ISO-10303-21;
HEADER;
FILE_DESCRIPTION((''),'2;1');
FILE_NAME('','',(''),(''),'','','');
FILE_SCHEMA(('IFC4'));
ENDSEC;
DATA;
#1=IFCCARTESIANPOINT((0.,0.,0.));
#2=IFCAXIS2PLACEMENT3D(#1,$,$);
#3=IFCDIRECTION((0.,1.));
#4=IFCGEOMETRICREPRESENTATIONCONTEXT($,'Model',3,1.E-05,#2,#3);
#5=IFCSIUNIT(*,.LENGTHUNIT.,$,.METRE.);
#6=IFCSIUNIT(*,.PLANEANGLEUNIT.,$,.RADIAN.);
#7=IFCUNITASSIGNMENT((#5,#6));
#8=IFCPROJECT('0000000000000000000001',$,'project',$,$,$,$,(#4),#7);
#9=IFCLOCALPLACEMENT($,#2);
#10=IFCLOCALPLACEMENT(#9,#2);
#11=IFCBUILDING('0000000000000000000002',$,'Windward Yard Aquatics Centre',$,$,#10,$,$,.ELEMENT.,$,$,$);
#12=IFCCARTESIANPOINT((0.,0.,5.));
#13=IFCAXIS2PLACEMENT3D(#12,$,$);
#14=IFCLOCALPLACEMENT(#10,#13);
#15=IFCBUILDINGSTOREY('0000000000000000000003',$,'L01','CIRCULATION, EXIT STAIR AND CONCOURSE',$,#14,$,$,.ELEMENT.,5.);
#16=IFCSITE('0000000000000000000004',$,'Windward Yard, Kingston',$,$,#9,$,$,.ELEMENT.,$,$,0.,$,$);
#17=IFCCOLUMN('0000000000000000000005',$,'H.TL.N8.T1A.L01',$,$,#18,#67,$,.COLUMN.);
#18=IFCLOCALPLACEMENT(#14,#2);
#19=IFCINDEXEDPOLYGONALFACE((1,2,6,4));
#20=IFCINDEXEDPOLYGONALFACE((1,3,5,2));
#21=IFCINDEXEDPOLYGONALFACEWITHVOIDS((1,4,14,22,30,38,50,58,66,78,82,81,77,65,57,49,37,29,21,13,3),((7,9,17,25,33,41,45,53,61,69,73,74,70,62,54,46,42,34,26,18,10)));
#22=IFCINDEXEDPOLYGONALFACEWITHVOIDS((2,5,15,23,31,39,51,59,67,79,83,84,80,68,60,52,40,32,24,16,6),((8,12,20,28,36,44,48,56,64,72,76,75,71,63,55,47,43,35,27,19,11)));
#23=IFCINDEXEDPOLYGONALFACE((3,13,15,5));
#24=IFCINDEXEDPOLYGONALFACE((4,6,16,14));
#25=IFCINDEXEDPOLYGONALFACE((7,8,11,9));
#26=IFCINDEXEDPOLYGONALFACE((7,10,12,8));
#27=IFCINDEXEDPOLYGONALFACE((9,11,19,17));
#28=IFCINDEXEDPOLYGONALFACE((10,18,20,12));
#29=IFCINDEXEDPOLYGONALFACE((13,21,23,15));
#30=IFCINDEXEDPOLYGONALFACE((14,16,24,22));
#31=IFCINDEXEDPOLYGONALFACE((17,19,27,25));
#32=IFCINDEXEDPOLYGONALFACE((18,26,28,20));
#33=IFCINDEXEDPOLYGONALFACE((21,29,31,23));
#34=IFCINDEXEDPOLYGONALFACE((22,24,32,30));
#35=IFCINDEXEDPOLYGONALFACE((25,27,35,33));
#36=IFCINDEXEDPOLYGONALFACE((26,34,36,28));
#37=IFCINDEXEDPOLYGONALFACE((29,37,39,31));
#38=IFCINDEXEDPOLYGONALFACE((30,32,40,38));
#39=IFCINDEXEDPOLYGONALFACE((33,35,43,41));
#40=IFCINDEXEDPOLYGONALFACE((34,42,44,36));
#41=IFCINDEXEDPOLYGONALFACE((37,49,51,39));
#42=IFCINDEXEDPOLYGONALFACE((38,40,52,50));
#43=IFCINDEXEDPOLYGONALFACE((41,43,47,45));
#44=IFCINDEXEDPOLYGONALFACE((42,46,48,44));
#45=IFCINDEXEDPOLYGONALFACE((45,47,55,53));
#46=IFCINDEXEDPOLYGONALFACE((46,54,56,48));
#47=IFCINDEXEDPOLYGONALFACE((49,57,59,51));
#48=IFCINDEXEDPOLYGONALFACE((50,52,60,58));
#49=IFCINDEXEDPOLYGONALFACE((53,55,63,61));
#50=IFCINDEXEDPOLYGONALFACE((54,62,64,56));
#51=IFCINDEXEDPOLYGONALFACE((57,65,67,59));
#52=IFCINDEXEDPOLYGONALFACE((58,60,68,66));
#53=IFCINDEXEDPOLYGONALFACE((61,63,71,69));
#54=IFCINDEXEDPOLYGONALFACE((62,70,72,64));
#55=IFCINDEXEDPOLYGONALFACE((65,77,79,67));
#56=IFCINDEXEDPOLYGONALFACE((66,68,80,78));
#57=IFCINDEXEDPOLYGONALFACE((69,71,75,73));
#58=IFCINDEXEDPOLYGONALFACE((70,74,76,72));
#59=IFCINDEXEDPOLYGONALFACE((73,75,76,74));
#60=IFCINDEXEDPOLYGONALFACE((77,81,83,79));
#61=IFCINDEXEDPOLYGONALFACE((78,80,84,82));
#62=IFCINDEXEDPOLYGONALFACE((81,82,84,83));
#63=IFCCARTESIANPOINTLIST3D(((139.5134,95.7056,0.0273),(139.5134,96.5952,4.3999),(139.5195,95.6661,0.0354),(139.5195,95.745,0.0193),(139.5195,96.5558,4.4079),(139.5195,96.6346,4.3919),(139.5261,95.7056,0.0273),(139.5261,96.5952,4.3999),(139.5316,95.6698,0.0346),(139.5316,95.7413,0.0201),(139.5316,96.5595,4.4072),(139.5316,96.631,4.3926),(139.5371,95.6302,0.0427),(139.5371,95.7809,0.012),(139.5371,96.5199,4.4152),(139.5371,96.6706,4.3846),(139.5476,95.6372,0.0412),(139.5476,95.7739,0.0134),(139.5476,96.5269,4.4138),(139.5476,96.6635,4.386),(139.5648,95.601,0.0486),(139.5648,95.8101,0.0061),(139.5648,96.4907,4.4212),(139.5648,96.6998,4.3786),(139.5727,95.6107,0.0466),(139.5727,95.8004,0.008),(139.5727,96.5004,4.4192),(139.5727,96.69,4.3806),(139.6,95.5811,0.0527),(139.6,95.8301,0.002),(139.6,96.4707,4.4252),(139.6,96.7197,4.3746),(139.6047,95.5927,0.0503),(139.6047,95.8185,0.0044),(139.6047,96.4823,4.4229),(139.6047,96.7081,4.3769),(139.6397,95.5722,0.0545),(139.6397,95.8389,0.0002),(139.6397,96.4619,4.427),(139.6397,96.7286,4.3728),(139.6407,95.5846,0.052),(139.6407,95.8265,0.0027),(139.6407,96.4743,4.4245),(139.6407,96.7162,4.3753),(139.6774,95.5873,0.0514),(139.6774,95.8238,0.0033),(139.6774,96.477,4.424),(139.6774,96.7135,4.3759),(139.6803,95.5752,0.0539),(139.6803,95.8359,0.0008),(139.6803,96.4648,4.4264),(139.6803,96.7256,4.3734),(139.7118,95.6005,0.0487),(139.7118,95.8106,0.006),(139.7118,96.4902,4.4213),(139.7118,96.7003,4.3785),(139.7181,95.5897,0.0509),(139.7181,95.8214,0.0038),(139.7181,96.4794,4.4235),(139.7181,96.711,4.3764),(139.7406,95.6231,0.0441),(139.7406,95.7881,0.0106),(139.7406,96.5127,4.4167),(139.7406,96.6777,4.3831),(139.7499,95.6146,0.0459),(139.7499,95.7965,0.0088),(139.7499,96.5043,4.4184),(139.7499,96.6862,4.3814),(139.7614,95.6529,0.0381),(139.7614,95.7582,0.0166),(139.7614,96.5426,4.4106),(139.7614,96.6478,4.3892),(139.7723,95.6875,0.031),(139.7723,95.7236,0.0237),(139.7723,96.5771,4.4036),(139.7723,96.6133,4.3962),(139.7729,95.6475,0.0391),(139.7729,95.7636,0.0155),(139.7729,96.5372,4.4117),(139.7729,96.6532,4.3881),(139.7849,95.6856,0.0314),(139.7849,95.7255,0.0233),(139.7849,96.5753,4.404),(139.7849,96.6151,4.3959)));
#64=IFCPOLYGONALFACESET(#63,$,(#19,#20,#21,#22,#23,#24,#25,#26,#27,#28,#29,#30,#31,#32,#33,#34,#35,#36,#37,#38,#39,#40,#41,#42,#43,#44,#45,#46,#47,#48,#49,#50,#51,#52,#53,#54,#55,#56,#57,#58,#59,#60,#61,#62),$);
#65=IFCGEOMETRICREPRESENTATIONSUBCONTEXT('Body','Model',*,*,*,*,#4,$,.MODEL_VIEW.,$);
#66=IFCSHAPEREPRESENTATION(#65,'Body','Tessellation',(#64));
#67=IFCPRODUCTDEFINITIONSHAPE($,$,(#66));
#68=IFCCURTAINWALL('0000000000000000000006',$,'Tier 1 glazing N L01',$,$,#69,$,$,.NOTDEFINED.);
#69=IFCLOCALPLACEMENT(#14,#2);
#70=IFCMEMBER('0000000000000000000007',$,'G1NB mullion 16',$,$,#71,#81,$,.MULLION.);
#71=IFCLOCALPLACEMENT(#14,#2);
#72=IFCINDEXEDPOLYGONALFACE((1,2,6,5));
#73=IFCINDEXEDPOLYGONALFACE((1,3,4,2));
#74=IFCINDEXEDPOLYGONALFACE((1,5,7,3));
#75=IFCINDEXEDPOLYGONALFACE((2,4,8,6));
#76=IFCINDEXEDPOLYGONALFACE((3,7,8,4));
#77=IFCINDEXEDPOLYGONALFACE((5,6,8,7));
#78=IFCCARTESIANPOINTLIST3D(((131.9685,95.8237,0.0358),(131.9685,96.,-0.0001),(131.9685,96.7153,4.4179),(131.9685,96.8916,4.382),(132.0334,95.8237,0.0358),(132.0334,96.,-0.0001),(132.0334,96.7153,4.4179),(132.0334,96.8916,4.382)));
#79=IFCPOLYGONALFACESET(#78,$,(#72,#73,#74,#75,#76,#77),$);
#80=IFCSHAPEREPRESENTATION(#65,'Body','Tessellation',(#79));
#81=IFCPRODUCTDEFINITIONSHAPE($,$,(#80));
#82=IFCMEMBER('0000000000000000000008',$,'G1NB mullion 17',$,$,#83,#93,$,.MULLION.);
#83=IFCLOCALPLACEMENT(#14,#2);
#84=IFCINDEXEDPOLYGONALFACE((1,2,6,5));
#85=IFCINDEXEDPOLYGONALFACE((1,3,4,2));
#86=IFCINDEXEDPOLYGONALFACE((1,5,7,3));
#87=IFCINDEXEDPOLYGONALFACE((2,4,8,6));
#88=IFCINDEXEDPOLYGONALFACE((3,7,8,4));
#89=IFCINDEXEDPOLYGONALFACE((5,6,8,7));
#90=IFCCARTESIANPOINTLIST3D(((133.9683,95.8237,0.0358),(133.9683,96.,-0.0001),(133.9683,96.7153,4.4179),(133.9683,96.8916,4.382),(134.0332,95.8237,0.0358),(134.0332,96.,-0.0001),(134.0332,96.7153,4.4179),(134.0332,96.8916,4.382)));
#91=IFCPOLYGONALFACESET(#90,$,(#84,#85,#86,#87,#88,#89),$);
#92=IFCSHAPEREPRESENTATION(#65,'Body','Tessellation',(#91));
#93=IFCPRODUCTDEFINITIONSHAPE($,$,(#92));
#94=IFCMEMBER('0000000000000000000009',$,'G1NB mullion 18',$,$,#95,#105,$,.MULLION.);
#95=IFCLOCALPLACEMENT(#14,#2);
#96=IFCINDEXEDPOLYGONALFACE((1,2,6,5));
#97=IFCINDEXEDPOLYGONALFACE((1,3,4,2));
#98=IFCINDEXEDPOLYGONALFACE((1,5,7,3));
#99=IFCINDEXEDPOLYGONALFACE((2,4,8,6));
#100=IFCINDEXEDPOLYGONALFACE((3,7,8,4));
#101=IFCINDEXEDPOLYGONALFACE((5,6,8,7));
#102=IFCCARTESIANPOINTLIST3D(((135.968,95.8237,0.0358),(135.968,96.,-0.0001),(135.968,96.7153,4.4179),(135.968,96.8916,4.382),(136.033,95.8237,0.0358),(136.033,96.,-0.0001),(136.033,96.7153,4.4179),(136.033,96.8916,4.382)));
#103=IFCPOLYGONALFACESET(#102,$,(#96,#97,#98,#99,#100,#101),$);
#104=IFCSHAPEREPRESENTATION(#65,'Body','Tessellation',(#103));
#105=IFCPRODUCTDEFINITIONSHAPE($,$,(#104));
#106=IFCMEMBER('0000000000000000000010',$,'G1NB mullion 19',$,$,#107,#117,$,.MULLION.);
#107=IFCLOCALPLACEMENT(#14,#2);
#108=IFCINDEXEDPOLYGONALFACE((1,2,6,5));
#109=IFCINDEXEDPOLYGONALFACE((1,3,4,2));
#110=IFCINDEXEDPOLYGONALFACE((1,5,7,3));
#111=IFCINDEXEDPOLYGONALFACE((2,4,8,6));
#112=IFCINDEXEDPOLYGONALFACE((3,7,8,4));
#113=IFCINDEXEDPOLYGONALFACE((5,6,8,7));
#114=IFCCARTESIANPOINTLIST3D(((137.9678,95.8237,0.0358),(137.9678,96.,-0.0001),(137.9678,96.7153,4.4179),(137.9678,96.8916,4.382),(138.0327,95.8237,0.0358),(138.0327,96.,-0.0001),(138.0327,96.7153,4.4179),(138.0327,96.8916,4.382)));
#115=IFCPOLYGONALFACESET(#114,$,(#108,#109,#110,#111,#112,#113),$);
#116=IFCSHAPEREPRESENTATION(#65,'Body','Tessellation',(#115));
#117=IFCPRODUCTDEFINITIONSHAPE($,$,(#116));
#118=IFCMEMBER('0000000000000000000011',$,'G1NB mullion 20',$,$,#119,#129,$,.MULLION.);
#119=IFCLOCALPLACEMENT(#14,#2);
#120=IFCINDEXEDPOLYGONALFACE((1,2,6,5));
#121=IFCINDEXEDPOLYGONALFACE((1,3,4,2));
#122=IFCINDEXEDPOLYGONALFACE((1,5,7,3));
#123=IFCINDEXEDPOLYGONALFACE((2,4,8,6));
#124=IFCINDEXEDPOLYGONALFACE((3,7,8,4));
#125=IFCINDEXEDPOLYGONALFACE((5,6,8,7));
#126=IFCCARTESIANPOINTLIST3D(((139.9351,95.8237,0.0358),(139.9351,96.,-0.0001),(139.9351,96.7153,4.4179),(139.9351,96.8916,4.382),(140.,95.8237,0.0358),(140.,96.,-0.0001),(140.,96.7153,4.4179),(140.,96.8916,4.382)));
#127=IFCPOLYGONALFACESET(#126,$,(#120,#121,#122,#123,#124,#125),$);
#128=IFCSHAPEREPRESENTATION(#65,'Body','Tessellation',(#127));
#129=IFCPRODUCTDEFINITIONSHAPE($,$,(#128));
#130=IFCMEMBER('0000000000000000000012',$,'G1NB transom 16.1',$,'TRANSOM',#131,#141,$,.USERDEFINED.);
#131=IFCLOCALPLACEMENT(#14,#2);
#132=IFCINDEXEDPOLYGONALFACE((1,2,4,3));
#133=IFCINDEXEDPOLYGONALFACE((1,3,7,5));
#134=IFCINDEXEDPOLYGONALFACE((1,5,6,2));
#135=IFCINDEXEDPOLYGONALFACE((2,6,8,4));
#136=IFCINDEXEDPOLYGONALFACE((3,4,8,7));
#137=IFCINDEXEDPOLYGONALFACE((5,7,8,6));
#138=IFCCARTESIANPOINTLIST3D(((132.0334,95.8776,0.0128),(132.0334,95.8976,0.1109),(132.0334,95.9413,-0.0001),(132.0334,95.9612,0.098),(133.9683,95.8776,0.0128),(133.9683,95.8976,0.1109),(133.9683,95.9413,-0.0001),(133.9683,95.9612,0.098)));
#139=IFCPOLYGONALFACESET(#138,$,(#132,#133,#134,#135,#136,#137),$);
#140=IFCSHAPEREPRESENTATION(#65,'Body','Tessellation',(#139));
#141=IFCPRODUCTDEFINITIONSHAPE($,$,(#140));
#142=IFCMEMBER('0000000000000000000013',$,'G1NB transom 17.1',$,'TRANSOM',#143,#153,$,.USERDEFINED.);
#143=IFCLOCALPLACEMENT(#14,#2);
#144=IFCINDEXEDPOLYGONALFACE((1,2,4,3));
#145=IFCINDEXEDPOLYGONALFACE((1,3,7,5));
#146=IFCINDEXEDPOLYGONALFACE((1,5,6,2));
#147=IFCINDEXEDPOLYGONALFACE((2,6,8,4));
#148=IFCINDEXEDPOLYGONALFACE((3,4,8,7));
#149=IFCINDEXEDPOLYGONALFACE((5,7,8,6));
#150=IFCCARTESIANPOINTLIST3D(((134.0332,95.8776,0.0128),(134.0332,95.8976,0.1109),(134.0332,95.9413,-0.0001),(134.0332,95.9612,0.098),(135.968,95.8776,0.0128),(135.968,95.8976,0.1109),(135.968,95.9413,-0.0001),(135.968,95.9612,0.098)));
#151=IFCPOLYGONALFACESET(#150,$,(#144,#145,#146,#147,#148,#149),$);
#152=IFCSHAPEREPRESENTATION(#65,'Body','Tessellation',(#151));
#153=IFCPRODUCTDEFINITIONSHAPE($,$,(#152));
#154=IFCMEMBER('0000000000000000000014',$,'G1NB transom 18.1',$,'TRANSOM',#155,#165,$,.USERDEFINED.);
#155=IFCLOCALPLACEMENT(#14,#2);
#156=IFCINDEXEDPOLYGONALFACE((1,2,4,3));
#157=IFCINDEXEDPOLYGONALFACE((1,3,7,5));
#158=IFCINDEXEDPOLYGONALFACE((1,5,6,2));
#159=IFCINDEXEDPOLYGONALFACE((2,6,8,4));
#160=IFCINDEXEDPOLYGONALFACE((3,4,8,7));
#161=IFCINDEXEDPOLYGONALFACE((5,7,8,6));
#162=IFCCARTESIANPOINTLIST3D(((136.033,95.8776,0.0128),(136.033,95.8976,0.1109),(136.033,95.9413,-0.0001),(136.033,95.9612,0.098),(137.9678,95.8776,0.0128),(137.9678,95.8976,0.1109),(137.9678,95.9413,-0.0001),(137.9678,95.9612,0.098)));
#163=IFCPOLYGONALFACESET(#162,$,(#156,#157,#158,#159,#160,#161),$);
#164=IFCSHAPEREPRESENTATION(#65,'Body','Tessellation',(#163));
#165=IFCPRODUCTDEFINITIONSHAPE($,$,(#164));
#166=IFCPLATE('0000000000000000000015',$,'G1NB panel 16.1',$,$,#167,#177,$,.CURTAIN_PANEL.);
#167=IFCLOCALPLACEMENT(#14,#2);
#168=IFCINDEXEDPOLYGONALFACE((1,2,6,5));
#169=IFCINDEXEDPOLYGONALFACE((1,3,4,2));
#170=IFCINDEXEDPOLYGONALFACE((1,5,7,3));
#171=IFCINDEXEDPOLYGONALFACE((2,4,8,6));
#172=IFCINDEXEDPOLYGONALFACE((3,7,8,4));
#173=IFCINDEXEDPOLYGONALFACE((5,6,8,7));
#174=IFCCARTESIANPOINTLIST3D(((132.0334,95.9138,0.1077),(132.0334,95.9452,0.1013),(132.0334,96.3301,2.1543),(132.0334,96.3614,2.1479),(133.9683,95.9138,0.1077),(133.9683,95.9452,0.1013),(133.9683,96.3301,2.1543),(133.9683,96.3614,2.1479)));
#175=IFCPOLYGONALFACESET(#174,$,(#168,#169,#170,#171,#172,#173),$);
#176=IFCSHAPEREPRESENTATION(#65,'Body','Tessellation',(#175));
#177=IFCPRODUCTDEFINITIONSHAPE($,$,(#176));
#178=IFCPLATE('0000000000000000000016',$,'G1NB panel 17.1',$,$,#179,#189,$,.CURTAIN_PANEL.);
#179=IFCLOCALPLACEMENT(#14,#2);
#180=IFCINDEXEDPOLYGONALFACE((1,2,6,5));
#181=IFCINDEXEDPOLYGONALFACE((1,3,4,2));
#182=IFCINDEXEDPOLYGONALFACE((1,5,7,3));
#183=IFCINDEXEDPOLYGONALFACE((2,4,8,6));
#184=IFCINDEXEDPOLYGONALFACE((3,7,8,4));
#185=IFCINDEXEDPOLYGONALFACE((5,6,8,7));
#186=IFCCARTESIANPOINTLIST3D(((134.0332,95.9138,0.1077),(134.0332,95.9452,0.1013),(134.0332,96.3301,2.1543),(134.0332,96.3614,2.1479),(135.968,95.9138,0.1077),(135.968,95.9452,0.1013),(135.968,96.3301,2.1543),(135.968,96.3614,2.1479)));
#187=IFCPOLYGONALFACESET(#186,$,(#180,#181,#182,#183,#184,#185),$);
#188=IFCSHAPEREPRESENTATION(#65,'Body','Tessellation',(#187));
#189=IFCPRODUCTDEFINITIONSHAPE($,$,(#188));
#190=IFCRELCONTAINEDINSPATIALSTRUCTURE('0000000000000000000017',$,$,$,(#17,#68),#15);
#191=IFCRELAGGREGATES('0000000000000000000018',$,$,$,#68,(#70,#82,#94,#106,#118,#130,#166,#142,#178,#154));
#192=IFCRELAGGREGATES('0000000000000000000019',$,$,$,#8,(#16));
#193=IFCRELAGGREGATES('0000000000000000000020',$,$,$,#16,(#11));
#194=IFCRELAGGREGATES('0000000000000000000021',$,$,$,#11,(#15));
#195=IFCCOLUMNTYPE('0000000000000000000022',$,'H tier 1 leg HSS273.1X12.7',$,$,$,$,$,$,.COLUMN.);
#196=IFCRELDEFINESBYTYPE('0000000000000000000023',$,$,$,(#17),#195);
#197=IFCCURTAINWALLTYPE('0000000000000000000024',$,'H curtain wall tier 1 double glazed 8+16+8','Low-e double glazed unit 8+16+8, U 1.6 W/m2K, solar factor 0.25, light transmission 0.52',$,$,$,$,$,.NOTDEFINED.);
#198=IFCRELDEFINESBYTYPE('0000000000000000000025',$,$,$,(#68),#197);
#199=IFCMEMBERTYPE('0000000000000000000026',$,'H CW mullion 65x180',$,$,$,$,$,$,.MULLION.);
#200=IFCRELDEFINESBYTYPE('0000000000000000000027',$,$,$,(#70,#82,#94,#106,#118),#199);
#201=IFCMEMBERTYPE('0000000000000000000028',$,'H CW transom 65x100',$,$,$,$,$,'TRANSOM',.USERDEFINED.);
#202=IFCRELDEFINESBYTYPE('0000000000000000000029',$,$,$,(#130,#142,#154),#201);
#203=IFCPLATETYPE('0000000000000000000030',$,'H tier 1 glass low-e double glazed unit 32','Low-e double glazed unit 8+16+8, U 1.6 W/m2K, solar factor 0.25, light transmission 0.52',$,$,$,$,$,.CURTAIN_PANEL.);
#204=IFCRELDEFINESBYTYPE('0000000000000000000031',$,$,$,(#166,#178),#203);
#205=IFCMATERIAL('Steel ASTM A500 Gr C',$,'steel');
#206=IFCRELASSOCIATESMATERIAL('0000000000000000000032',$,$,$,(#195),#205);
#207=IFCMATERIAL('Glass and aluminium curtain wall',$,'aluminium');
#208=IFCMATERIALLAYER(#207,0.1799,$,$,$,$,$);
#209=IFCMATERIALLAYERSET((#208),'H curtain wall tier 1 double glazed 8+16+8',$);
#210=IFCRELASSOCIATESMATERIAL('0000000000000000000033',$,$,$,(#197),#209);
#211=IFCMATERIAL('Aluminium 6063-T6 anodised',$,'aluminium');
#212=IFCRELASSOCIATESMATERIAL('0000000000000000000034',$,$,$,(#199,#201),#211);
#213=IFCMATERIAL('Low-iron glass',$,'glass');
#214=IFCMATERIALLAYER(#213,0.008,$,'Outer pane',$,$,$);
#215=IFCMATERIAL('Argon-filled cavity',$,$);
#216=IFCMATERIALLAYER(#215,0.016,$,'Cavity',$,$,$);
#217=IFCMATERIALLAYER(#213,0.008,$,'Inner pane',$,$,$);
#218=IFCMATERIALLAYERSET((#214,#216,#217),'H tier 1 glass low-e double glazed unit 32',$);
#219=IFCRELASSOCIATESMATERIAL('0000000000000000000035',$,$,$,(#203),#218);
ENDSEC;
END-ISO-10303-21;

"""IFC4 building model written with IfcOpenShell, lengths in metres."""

from ifc_helpers import new_model, si_unit, direction, frame, origin, origin_2d, place, context, subcontext, project, spatial, polyline, rectangle, hollow_circle, outline, extrude, material, layer, layer_set, material_profile, profile_set, type_object, element, aggregate, save


model = new_model("IFC4")

# Units and contexts
model_context = context("Model", 3, precision=1e-05, world=origin(), true_north=direction((0.0, 1.0)))
body_context = subcontext(model_context, "Body", "Model", "MODEL_VIEW")
ifc_project = project(units=[si_unit("LENGTHUNIT", "METRE"), si_unit("PLANEANGLEUNIT", "RADIAN")], contexts=[model_context])

# Site, building, storey
site_placement = place(None, origin())
site = spatial("IfcSite", under=ifc_project, at=site_placement, Name="Windward Yard, Kingston", CompositionType="ELEMENT", RefElevation=0.0)
building_placement = place(site_placement, origin())
building = spatial("IfcBuilding", under=site, at=building_placement, Name="Windward Yard Aquatics Centre", CompositionType="ELEMENT")
storey_placement = place(building_placement, frame((0.0, 0.0, 5.0)))
storey = spatial("IfcBuildingStorey", under=building, at=storey_placement, Name="L01", Description="CIRCULATION, EXIT STAIR AND CONCOURSE", CompositionType="ELEMENT", Elevation=5.0)

# Column
ifc_material_1 = material(Name="Steel ASTM A500 Gr C", Category="steel")
ifc_material_profile_1 = material_profile(ifc_material_1, hollow_circle(Radius=0.1365, WallThickness=0.0127, at=origin_2d()), Name="HSS273.1X12.7")
ifc_profile_set_1 = profile_set([ifc_material_profile_1], Name="Steel ASTM A500 Gr C")
column_type_1 = type_object("IfcColumnType", Name="H tier 1 leg HSS273.1X12.7", PredefinedType="COLUMN", material=ifc_profile_set_1)
for number, where, z_axis, x_axis, name in (
    (1, (139.6499, 95.7056, 0.0273), (0.0, 0.199377, 0.979923), (-1.0, 0.0, 0.0), "H.TL.N8.T1A.L01"),
):
    element("IfcColumn", number, at=place(storey_placement, frame(where, z_axis=z_axis, x_axis=x_axis)), inside=storey, type_object=column_type_1, Name=name, PredefinedType="COLUMN", context=body_context, shape_type="SweptSolid", body=[
        extrude(hollow_circle(Radius=0.1365, WallThickness=0.0127, at=origin_2d()), origin(), (0.0, 0.0, 1.0), 4.4622),
    ])

# Curtain wall, members, plates
ifc_material_2 = material(Name="Glass and aluminium curtain wall", Category="aluminium")
ifc_layer_1 = layer(ifc_material_2, 0.1799)
ifc_layer_set_1 = layer_set([ifc_layer_1], Name="H curtain wall tier 1 double glazed 8+16+8")
curtain_wall_type = type_object("IfcCurtainWallType", Name="H curtain wall tier 1 double glazed 8+16+8", Description="Low-e double glazed unit 8+16+8, U 1.6 W/m2K, solar factor 0.25, light transmission 0.52", PredefinedType="NOTDEFINED", material=ifc_layer_set_1)
curtain_wall_placement = place(storey_placement, origin())
curtain_wall = element("IfcCurtainWall", 2, at=curtain_wall_placement, inside=storey, type_object=curtain_wall_type, Name="Tier 1 glazing N L01", PredefinedType="NOTDEFINED")
ifc_material_3 = material(Name="Aluminium 6063-T6 anodised", Category="aluminium")
ifc_material_profile_2 = material_profile(ifc_material_3, rectangle(XDim=0.0649, YDim=0.1799, at=origin_2d()), Name="H CW mullion 65x180")
ifc_profile_set_2 = profile_set([ifc_material_profile_2], Name="Aluminium 6063-T6 anodised")
member_type_1 = type_object("IfcMemberType", Name="H CW mullion 65x180", PredefinedType="MULLION", material=ifc_profile_set_2)
member_1_placement = place(storey_placement, frame((132.001, 95.9119, 0.0178), z_axis=(0.0, 0.19938, 0.979922), x_axis=(-1.0, 0.0, 0.0)))
member_1 = element("IfcMember", 3, at=member_1_placement, type_object=member_type_1, Name="G1NB mullion 16", PredefinedType="MULLION", context=body_context, shape_type="SweptSolid", body=[
    extrude(rectangle(XDim=0.0649, YDim=0.1799, at=origin_2d()), origin(), (0.0, 0.0, 1.0), 4.4719),
])
member_2_placement = place(storey_placement, frame((134.0007, 95.9119, 0.0178), z_axis=(0.0, 0.19938, 0.979922), x_axis=(-1.0, 0.0, 0.0)))
member_2 = element("IfcMember", 4, at=member_2_placement, type_object=member_type_1, Name="G1NB mullion 17", PredefinedType="MULLION", context=body_context, shape_type="SweptSolid", body=[
    extrude(rectangle(XDim=0.0649, YDim=0.1799, at=origin_2d()), origin(), (0.0, 0.0, 1.0), 4.4719),
])
member_3_placement = place(storey_placement, frame((136.0005, 95.9119, 0.0178), z_axis=(0.0, 0.19938, 0.979922), x_axis=(-1.0, 0.0, 0.0)))
member_3 = element("IfcMember", 5, at=member_3_placement, type_object=member_type_1, Name="G1NB mullion 18", PredefinedType="MULLION", context=body_context, shape_type="SweptSolid", body=[
    extrude(rectangle(XDim=0.0649, YDim=0.1799, at=origin_2d()), origin(), (0.0, 0.0, 1.0), 4.4719),
])
member_4_placement = place(storey_placement, frame((138.0002, 95.9119, 0.0178), z_axis=(0.0, 0.19938, 0.979922), x_axis=(-1.0, 0.0, 0.0)))
member_4 = element("IfcMember", 6, at=member_4_placement, type_object=member_type_1, Name="G1NB mullion 19", PredefinedType="MULLION", context=body_context, shape_type="SweptSolid", body=[
    extrude(rectangle(XDim=0.0649, YDim=0.1799, at=origin_2d()), origin(), (0.0, 0.0, 1.0), 4.4719),
])
member_5_placement = place(storey_placement, frame((139.9675, 95.9119, 0.0178), z_axis=(0.0, 0.19938, 0.979922), x_axis=(-1.0, 0.0, 0.0)))
member_5 = element("IfcMember", 7, at=member_5_placement, type_object=member_type_1, Name="G1NB mullion 20", PredefinedType="MULLION", context=body_context, shape_type="SweptSolid", body=[
    extrude(rectangle(XDim=0.0649, YDim=0.1799, at=origin_2d()), origin(), (0.0, 0.0, 1.0), 4.4719),
])
ifc_material_profile_3 = material_profile(ifc_material_3, rectangle(XDim=0.0649, YDim=0.1001, at=origin_2d()), Name="H CW transom 65x100")
ifc_profile_set_3 = profile_set([ifc_material_profile_3], Name="Aluminium 6063-T6 anodised")
member_type_2 = type_object("IfcMemberType", Name="H CW transom 65x100", ElementType="TRANSOM", PredefinedType="USERDEFINED", material=ifc_profile_set_3)
member_6_placement = place(storey_placement, frame((132.0334, 95.9194, 0.0554), z_axis=(1.0, 0.0, 0.0), x_axis=(0.0, -0.979925, 0.199368)))
member_6 = element("IfcMember", 8, at=member_6_placement, type_object=member_type_2, Name="G1NB transom 16.1", ObjectType="TRANSOM", PredefinedType="USERDEFINED", context=body_context, shape_type="SweptSolid", body=[
    extrude(rectangle(XDim=0.0649, YDim=0.1001, at=origin_2d()), origin(), (0.0, 0.0, 1.0), 1.9348),
])
member_7_placement = place(storey_placement, frame((134.0332, 95.9194, 0.0554), z_axis=(1.0, 0.0, 0.0), x_axis=(0.0, -0.979925, 0.199368)))
member_7 = element("IfcMember", 9, at=member_7_placement, type_object=member_type_2, Name="G1NB transom 17.1", ObjectType="TRANSOM", PredefinedType="USERDEFINED", context=body_context, shape_type="SweptSolid", body=[
    extrude(rectangle(XDim=0.0649, YDim=0.1001, at=origin_2d()), origin(), (0.0, 0.0, 1.0), 1.9348),
])
member_8_placement = place(storey_placement, frame((136.033, 95.9194, 0.0554), z_axis=(1.0, 0.0, 0.0), x_axis=(0.0, -0.979925, 0.199368)))
member_8 = element("IfcMember", 10, at=member_8_placement, type_object=member_type_2, Name="G1NB transom 18.1", ObjectType="TRANSOM", PredefinedType="USERDEFINED", context=body_context, shape_type="SweptSolid", body=[
    extrude(rectangle(XDim=0.0649, YDim=0.1001, at=origin_2d()), origin(), (0.0, 0.0, 1.0), 1.9348),
])
ifc_material_4 = material(Name="Low-iron glass", Category="glass")
ifc_layer_2 = layer(ifc_material_4, 0.008, Name="Outer pane")
ifc_material_5 = material(Name="Argon-filled cavity")
ifc_layer_3 = layer(ifc_material_5, 0.016, Name="Cavity")
ifc_layer_4 = layer(ifc_material_4, 0.008, Name="Inner pane")
ifc_layer_set_2 = layer_set([ifc_layer_2, ifc_layer_3, ifc_layer_4], Name="H tier 1 glass low-e double glazed unit 32")
plate_type = type_object("IfcPlateType", Name="H tier 1 glass low-e double glazed unit 32", Description="Low-e double glazed unit 8+16+8, U 1.6 W/m2K, solar factor 0.25, light transmission 0.52", PredefinedType="CURTAIN_PANEL", material=ifc_layer_set_2)
plate_1_placement = place(storey_placement, frame((132.0334, 95.9138, 0.1077), z_axis=(0.0, -0.979937, 0.199307), x_axis=(1.0, 0.0, 0.0)))
plate_1 = element("IfcPlate", 11, at=plate_1_placement, type_object=plate_type, Name="G1NB panel 16.1", PredefinedType="CURTAIN_PANEL", context=body_context, shape_type="SweptSolid", body=[
    extrude(outline(polyline([(0.0, 0.0), (1.9348, 0.0), (1.9348, 2.0885), (0.0, 2.0885), (0.0, 0.0)])), origin(), (0.0, 0.0, -1.0), 0.032),
])
plate_2_placement = place(storey_placement, frame((134.0332, 95.9138, 0.1077), z_axis=(0.0, -0.979937, 0.199307), x_axis=(1.0, 0.0, 0.0)))
plate_2 = element("IfcPlate", 12, at=plate_2_placement, type_object=plate_type, Name="G1NB panel 17.1", PredefinedType="CURTAIN_PANEL", context=body_context, shape_type="SweptSolid", body=[
    extrude(outline(polyline([(0.0, 0.0), (1.9348, 0.0), (1.9348, 2.0885), (0.0, 2.0885), (0.0, 0.0)])), origin(), (0.0, 0.0, -1.0), 0.032),
])
aggregate(curtain_wall, [member_1, member_2, member_3, member_4, member_5, member_6, plate_1, member_7, plate_2, member_8])

save(model, "model.ifc")
